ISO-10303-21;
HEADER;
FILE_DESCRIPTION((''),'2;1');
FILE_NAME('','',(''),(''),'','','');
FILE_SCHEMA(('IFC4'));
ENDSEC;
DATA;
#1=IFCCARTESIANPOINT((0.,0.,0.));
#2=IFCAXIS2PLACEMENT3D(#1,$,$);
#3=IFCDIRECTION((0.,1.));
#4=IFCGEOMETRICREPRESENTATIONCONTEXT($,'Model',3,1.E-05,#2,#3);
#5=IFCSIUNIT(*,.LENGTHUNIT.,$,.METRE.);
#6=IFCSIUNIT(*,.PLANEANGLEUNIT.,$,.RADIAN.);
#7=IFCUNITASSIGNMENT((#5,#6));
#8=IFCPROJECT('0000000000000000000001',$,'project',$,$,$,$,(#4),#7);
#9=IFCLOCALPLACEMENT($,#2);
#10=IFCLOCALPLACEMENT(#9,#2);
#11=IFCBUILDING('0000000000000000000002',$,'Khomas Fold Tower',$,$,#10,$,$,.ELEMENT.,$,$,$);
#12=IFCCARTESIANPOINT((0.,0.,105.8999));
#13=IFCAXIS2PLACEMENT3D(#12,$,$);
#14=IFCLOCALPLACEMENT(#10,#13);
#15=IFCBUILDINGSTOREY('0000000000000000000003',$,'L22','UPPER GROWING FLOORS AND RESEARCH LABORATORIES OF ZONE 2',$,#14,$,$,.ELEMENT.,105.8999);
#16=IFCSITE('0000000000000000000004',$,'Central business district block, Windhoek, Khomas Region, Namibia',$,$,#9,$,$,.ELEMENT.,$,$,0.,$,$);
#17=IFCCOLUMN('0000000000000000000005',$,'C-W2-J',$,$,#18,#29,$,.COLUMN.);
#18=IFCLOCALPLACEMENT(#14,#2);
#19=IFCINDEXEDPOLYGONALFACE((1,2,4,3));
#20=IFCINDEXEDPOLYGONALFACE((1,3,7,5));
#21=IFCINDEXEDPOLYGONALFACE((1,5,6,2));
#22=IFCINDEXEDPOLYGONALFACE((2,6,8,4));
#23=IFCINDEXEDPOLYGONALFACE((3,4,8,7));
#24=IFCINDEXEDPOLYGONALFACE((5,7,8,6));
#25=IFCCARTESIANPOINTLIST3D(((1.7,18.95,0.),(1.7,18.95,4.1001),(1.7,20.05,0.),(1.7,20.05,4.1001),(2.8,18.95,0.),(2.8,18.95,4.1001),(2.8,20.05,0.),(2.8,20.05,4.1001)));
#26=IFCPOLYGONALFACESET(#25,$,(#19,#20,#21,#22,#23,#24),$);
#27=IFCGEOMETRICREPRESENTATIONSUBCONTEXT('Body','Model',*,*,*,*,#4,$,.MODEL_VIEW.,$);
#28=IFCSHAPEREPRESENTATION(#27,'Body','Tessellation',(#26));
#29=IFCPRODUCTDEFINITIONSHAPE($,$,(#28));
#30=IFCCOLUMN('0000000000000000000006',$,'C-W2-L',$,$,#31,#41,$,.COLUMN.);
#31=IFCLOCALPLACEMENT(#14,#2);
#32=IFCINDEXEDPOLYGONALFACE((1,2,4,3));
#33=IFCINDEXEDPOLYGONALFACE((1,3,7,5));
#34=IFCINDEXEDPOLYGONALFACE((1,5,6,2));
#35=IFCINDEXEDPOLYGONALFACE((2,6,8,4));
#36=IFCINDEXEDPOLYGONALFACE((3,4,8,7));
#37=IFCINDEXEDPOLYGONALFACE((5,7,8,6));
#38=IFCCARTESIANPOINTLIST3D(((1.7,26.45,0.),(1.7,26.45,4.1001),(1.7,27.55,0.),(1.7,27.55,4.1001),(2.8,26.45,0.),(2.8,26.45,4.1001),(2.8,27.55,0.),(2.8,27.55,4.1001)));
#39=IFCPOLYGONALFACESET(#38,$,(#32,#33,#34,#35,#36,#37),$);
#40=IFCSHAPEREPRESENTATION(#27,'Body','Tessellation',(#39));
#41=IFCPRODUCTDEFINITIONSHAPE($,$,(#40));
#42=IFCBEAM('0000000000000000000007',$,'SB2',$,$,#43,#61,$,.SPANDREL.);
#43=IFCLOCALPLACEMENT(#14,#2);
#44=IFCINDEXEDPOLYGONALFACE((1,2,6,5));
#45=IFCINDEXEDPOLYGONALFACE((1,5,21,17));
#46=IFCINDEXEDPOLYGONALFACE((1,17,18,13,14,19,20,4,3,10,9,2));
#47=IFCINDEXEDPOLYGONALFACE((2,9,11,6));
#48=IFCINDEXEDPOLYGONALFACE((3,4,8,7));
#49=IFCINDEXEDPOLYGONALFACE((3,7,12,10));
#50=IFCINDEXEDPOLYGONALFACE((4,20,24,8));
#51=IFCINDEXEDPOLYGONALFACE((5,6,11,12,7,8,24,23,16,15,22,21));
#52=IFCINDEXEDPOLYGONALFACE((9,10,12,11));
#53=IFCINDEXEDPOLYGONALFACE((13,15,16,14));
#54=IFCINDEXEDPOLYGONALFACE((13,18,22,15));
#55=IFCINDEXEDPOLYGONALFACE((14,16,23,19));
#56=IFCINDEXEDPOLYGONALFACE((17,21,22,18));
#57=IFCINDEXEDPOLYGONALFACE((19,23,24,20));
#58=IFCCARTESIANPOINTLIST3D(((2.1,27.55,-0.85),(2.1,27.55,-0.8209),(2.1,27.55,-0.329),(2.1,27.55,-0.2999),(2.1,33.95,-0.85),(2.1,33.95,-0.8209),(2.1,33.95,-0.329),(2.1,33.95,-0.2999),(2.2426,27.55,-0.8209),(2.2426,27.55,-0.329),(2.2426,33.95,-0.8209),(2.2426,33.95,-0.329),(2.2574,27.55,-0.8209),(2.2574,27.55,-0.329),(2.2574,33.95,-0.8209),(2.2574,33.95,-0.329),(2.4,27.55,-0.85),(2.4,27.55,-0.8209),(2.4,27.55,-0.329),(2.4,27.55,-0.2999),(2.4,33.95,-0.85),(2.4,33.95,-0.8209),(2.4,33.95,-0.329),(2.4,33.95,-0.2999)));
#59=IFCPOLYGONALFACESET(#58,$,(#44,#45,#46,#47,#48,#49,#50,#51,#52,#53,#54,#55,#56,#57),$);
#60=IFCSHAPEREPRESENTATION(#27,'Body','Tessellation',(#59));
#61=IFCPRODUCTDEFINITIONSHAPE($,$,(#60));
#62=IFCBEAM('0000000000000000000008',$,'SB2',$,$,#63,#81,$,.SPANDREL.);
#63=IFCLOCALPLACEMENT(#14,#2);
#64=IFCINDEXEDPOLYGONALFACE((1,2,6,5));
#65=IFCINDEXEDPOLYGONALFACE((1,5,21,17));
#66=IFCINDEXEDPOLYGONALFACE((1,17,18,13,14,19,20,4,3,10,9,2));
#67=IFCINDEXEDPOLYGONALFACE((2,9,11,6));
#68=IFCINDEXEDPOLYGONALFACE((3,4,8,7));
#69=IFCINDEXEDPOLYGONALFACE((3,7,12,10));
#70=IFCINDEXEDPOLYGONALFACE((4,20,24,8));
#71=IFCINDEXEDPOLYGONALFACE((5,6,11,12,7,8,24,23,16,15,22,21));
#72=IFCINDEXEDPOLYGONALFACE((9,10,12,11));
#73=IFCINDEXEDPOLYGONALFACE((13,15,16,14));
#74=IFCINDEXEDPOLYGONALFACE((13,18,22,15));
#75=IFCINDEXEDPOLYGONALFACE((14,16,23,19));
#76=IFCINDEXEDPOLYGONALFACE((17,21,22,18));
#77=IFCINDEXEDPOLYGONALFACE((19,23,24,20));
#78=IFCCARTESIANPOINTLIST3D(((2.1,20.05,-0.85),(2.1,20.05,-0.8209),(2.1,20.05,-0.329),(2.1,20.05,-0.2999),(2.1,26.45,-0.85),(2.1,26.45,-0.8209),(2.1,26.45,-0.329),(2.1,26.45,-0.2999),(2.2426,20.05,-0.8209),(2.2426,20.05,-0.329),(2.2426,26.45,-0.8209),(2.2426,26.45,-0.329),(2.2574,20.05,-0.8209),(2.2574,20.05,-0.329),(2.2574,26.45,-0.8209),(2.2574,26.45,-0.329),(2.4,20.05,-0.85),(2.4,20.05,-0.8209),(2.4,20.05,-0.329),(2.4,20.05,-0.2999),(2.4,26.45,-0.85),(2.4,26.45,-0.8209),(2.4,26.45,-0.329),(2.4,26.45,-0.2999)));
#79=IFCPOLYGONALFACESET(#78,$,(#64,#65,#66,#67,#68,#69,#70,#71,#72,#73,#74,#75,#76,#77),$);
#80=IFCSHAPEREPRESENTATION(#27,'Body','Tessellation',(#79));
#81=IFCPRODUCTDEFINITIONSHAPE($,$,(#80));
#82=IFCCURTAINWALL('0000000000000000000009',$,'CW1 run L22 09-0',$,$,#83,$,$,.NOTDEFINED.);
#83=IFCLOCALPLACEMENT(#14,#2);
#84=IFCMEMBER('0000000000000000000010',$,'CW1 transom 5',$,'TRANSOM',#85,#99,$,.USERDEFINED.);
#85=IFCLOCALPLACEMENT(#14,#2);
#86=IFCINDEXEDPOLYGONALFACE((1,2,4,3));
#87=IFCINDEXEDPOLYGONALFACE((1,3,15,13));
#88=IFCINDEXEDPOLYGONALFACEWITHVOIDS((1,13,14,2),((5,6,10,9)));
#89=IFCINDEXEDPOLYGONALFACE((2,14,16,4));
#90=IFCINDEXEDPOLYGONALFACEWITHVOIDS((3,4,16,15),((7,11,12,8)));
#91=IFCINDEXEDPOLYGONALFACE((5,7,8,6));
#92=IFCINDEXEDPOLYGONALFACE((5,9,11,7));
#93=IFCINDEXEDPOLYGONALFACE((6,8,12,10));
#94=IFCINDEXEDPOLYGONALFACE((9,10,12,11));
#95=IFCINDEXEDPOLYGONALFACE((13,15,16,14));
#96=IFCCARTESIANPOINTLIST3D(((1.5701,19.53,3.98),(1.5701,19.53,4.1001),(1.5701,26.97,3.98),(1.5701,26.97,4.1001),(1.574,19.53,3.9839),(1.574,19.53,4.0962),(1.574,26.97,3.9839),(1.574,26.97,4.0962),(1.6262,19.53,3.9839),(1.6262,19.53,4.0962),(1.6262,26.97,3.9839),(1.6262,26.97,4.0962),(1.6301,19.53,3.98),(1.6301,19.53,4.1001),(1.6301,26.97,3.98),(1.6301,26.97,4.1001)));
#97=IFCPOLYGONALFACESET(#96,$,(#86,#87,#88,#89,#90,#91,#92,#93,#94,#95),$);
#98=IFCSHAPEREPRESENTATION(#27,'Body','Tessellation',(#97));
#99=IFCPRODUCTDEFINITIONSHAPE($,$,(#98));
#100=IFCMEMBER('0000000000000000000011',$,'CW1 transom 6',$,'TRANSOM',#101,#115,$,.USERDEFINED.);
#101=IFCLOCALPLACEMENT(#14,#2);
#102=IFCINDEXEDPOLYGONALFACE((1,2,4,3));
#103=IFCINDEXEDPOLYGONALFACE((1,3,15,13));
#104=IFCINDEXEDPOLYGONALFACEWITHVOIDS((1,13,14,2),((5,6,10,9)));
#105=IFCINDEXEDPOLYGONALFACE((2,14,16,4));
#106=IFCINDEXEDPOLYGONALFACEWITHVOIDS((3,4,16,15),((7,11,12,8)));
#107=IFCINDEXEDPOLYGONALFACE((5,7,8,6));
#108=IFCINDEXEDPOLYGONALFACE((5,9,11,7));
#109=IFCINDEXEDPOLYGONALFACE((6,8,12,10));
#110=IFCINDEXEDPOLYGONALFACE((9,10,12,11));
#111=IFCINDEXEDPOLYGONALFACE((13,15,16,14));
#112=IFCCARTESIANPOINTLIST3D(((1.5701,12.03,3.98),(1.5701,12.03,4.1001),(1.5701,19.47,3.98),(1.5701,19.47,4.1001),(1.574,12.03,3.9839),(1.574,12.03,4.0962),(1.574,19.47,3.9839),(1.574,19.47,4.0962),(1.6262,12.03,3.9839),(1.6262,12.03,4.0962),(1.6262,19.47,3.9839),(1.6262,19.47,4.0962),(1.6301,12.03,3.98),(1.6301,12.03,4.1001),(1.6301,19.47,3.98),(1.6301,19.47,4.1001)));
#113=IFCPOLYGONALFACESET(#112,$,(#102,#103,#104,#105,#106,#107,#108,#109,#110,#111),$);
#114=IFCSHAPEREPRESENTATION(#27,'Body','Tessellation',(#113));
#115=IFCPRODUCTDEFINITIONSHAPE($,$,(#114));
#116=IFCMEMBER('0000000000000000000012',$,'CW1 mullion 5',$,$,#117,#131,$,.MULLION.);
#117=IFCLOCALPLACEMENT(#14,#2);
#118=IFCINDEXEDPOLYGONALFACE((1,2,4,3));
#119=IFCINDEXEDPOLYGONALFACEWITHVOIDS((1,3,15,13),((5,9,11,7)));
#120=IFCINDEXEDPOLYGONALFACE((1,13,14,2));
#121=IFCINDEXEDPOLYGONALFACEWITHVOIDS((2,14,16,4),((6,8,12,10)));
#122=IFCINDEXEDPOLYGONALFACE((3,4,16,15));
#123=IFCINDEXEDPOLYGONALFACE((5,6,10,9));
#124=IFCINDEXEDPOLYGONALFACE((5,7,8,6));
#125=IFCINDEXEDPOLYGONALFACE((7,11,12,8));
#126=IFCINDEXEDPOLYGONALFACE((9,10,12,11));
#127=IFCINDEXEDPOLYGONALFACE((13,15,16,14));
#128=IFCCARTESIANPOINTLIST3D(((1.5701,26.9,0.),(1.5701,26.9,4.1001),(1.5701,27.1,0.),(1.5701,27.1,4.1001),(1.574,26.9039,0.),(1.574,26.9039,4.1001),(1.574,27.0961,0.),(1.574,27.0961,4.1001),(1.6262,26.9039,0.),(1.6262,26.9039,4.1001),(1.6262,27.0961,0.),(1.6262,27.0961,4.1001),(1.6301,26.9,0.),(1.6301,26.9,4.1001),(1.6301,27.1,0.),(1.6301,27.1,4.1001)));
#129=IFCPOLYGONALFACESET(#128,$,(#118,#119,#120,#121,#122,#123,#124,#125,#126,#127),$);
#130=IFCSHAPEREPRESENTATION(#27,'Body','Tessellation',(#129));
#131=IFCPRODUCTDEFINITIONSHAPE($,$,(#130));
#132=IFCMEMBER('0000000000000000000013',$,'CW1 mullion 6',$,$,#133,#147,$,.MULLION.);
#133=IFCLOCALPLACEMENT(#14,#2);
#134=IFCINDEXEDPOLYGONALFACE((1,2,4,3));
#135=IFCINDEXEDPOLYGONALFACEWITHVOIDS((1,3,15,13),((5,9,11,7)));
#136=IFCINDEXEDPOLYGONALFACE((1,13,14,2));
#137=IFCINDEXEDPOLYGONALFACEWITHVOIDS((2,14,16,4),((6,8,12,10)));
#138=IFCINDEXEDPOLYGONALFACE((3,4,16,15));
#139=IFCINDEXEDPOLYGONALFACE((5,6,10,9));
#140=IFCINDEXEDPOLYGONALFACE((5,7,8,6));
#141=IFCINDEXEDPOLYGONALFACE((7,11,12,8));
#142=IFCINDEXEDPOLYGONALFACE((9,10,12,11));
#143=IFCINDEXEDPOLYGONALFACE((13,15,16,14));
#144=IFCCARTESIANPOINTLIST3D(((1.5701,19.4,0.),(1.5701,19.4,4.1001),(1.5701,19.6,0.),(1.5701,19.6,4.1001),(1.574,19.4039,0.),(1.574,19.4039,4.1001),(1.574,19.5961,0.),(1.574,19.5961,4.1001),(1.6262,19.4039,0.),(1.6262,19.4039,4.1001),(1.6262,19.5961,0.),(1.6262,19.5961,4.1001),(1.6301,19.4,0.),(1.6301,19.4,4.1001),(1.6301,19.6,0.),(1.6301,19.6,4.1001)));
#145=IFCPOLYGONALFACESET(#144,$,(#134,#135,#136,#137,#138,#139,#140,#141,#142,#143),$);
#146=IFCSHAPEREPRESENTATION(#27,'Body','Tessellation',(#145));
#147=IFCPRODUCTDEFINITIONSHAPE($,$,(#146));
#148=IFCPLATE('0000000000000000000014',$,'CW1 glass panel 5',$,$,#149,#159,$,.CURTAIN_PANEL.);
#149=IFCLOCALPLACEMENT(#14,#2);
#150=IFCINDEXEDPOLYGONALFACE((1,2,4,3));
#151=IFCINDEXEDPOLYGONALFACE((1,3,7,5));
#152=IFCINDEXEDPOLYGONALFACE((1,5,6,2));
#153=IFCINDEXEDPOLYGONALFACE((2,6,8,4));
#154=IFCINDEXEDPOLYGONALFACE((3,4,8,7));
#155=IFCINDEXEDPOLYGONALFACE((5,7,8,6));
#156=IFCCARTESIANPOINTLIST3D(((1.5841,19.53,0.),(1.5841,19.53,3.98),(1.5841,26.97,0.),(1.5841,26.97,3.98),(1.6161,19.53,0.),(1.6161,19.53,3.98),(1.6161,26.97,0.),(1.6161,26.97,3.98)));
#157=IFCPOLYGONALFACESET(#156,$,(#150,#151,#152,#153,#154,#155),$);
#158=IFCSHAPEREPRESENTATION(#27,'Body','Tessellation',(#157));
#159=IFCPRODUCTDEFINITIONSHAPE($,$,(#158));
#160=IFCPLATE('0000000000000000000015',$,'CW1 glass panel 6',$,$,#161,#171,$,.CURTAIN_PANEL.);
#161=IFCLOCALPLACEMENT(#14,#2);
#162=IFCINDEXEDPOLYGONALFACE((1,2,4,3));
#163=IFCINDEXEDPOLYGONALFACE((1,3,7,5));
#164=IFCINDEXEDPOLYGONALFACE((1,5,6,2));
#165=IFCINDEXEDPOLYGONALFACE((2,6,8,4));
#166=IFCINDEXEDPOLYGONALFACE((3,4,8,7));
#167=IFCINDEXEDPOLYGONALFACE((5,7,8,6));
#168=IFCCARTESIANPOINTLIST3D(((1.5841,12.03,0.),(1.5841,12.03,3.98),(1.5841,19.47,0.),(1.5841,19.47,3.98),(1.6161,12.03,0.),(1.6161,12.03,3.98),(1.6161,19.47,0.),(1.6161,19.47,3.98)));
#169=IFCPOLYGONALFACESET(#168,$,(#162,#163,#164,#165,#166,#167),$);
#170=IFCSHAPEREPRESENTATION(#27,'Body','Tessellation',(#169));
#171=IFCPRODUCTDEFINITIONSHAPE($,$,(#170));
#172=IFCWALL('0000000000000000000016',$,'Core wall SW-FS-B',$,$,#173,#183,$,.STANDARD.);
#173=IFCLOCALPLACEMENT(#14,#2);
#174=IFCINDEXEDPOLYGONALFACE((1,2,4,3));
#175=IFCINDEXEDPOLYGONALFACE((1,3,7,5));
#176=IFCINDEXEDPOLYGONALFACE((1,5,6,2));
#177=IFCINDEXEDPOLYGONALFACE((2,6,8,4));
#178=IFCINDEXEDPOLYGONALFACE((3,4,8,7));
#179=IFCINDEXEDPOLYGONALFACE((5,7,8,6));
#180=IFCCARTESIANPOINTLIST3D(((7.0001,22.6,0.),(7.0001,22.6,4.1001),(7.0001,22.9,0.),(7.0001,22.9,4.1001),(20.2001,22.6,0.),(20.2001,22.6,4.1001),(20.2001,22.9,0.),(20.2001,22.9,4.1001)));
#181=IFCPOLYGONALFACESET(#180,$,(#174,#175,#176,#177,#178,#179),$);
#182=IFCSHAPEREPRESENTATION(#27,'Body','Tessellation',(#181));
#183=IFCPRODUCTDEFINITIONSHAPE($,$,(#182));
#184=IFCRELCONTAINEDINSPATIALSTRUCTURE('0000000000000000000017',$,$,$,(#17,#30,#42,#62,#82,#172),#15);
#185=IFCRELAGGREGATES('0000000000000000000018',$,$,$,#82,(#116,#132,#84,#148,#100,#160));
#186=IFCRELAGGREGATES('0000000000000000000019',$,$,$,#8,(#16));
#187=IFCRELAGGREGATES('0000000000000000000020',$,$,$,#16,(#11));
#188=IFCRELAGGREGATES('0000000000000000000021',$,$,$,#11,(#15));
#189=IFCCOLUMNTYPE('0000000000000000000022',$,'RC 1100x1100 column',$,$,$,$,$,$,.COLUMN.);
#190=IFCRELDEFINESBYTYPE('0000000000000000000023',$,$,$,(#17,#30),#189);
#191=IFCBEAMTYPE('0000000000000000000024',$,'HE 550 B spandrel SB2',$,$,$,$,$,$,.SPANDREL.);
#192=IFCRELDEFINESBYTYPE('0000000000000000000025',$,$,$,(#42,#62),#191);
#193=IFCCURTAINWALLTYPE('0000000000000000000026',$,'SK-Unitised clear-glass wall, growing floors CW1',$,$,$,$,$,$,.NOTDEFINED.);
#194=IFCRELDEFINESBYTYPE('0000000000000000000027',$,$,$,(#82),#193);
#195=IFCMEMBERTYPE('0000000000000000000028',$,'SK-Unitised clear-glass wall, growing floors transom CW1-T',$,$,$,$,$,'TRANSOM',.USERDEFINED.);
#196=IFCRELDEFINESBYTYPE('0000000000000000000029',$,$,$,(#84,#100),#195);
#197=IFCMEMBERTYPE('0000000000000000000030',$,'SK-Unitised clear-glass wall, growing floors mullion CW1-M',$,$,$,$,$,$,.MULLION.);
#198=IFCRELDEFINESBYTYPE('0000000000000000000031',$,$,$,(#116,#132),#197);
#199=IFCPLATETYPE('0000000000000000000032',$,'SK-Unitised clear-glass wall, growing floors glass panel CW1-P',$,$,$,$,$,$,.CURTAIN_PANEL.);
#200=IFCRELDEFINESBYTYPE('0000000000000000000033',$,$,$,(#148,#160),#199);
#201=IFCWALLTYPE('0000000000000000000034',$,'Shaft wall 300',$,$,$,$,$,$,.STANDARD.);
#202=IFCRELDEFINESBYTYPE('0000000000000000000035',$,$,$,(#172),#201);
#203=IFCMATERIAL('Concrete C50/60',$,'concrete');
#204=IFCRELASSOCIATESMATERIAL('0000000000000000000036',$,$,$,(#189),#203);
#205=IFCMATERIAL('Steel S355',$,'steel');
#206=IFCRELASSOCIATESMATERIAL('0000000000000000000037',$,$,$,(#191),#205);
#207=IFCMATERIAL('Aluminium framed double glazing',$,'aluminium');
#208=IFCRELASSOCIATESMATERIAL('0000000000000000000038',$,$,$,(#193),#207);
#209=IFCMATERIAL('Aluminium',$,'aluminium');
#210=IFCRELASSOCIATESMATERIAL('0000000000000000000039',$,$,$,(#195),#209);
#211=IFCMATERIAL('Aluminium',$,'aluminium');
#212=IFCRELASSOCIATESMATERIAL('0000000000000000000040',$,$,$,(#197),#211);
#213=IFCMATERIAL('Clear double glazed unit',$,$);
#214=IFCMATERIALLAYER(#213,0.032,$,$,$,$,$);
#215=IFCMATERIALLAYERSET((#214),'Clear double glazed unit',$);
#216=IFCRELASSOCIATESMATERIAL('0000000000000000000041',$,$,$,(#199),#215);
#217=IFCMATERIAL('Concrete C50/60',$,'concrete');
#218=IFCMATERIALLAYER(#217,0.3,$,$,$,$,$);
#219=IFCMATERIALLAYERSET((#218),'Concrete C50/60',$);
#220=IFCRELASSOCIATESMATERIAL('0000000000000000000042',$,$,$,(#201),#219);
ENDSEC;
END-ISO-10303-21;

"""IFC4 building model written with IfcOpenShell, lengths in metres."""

from ifc_helpers import new_model, si_unit, direction, frame, frame_2d, origin, origin_2d, place, context, subcontext, project, spatial, rectangle, hollow_rectangle, i_section, extrude, source, transform, mapped, material, layer, layer_set, material_profile, profile_set, type_object, element, aggregate, save


model = new_model("IFC4")

# Units and contexts
model_context = context("Model", 3, precision=1e-05, world=origin(), true_north=direction((0.0, 1.0)))
body_context = subcontext(model_context, "Body", "Model", "MODEL_VIEW")
ifc_project = project(units=[si_unit("LENGTHUNIT", "METRE"), si_unit("PLANEANGLEUNIT", "RADIAN")], contexts=[model_context])

# Site, building, storey
site_placement = place(None, origin())
site = spatial("IfcSite", under=ifc_project, at=site_placement, Name="Central business district block, Windhoek, Khomas Region, Namibia", CompositionType="ELEMENT", RefElevation=0.0)
building_placement = place(site_placement, origin())
building = spatial("IfcBuilding", under=site, at=building_placement, Name="Khomas Fold Tower", CompositionType="ELEMENT")
storey_placement = place(building_placement, frame((0.0, 0.0, 105.8999)))
storey = spatial("IfcBuildingStorey", under=building, at=storey_placement, Name="L22", Description="UPPER GROWING FLOORS AND RESEARCH LABORATORIES OF ZONE 2", CompositionType="ELEMENT", Elevation=105.8999)

# Columns
ifc_material_1 = material(Name="Concrete C50/60", Category="concrete")
ifc_material_profile_1 = material_profile(ifc_material_1, rectangle(XDim=1.1001, YDim=1.1001, at=origin_2d()), Name="RC 1100x1100")
ifc_profile_set_1 = profile_set([ifc_material_profile_1], Name="Concrete C50/60")
column_type = type_object("IfcColumnType", Name="RC 1100x1100 column", PredefinedType="COLUMN", material=ifc_profile_set_1)
shared_shape_1 = source(origin(), body_context, "Body", "SweptSolid", [
    extrude(rectangle(XDim=1.1001, YDim=1.1001, at=origin_2d()), origin(), (0.0, 0.0, 1.0), 4.1001),
])
for number, where, z_axis, x_axis, name in (
    (1, (2.25, 19.5, 0.0), (0.0, 0.0, 1.0), (1.0, 0.0, 0.0), "C-W2-J"),
    (2, (2.25, 27.0, 0.0), (0.0, 0.0, 1.0), (1.0, 0.0, 0.0), "C-W2-L"),
):
    element("IfcColumn", number, at=place(storey_placement, frame(where, z_axis=z_axis, x_axis=x_axis)), inside=storey, type_object=column_type, Name=name, PredefinedType="COLUMN", context=body_context, shape_type="MappedRepresentation", body=[
        mapped(shared_shape_1, transform((0.0, 0.0, 0.0))),
    ])

# Beams
ifc_material_2 = material(Name="Steel S355", Category="steel")
ifc_material_profile_2 = material_profile(ifc_material_2, i_section(OverallWidth=0.3, OverallDepth=0.55, WebThickness=0.0149, FlangeThickness=0.0291, at=origin_2d()), Name="HE 550 B")
ifc_profile_set_2 = profile_set([ifc_material_profile_2], Name="Steel S355")
beam_type = type_object("IfcBeamType", Name="HE 550 B spandrel SB2", PredefinedType="SPANDREL", material=ifc_profile_set_2)
shared_shape_2 = source(origin(), body_context, "Body", "SweptSolid", [
    extrude(i_section(OverallWidth=0.3, OverallDepth=0.55, WebThickness=0.0149, FlangeThickness=0.0291, at=origin_2d()), origin(), (0.0, 0.0, 1.0), 6.3999),
])
for number, where, z_axis, x_axis, name in (
    (3, (2.25, 27.55, -0.575), (0.0, 1.0, 0.0), (-1.0, 0.0, 0.0), "SB2"),
    (4, (2.25, 20.05, -0.575), (0.0, 1.0, 0.0), (-1.0, 0.0, 0.0), "SB2"),
):
    element("IfcBeam", number, at=place(storey_placement, frame(where, z_axis=z_axis, x_axis=x_axis)), inside=storey, type_object=beam_type, Name=name, PredefinedType="SPANDREL", context=body_context, shape_type="MappedRepresentation", body=[
        mapped(shared_shape_2, transform((0.0, 0.0, 0.0))),
    ])

# Curtain wall, members, plates
ifc_material_3 = material(Name="Aluminium framed double glazing", Category="aluminium")
curtain_wall_type = type_object("IfcCurtainWallType", Name="SK-Unitised clear-glass wall, growing floors CW1", PredefinedType="NOTDEFINED", material=ifc_material_3)
curtain_wall_placement = place(storey_placement, origin())
curtain_wall = element("IfcCurtainWall", 5, at=curtain_wall_placement, inside=storey, type_object=curtain_wall_type, Name="CW1 run L22 09-0", PredefinedType="NOTDEFINED")
ifc_material_4 = material(Name="Aluminium", Category="aluminium")
ifc_material_profile_3 = material_profile(ifc_material_4, hollow_rectangle(XDim=0.0601, YDim=0.1201, WallThickness=0.0039, at=origin_2d()), Name="SK-Unitised clear-glass wall, growing floors transom CW1-T")
ifc_profile_set_3 = profile_set([ifc_material_profile_3], Name="Aluminium")
member_type_1 = type_object("IfcMemberType", Name="SK-Unitised clear-glass wall, growing floors transom CW1-T", ElementType="TRANSOM", PredefinedType="USERDEFINED", material=ifc_profile_set_3)
shared_shape_3 = source(origin(), body_context, "Body", "SweptSolid", [
    extrude(hollow_rectangle(XDim=0.0601, YDim=0.1201, WallThickness=0.0039, at=origin_2d()), origin(), (0.0, 0.0, 1.0), 7.4399),
])
member_1_placement = place(storey_placement, frame((1.6001, 26.97, 4.04), z_axis=(0.0, -1.0, 0.0), x_axis=(1.0, 0.0, 0.0)))
member_1 = element("IfcMember", 6, at=member_1_placement, type_object=member_type_1, Name="CW1 transom 5", ObjectType="TRANSOM", PredefinedType="USERDEFINED", context=body_context, shape_type="MappedRepresentation", body=[
    mapped(shared_shape_3, transform((0.0, 0.0, 0.0))),
])
member_2_placement = place(storey_placement, frame((1.6001, 19.47, 4.04), z_axis=(0.0, -1.0, 0.0), x_axis=(1.0, 0.0, 0.0)))
member_2 = element("IfcMember", 7, at=member_2_placement, type_object=member_type_1, Name="CW1 transom 6", ObjectType="TRANSOM", PredefinedType="USERDEFINED", context=body_context, shape_type="MappedRepresentation", body=[
    mapped(shared_shape_3, transform((0.0, 0.0, 0.0))),
])
ifc_material_5 = material(Name="Aluminium", Category="aluminium")
ifc_material_profile_4 = material_profile(ifc_material_5, hollow_rectangle(XDim=0.0601, YDim=0.2, WallThickness=0.0039, at=origin_2d()), Name="SK-Unitised clear-glass wall, growing floors mullion CW1-M")
ifc_profile_set_4 = profile_set([ifc_material_profile_4], Name="Aluminium")
member_type_2 = type_object("IfcMemberType", Name="SK-Unitised clear-glass wall, growing floors mullion CW1-M", PredefinedType="MULLION", material=ifc_profile_set_4)
shared_shape_4 = source(origin(), body_context, "Body", "SweptSolid", [
    extrude(hollow_rectangle(XDim=0.0601, YDim=0.2, WallThickness=0.0039, at=origin_2d()), origin(), (0.0, 0.0, 1.0), 4.1001),
])
member_3_placement = place(storey_placement, frame((1.6001, 27.0, 0.0), z_axis=(0.0, 0.0, 1.0), x_axis=(1.0, 0.0, 0.0)))
member_3 = element("IfcMember", 8, at=member_3_placement, type_object=member_type_2, Name="CW1 mullion 5", PredefinedType="MULLION", context=body_context, shape_type="MappedRepresentation", body=[
    mapped(shared_shape_4, transform((0.0, 0.0, 0.0))),
])
member_4_placement = place(storey_placement, frame((1.6001, 19.5, 0.0), z_axis=(0.0, 0.0, 1.0), x_axis=(1.0, 0.0, 0.0)))
member_4 = element("IfcMember", 9, at=member_4_placement, type_object=member_type_2, Name="CW1 mullion 6", PredefinedType="MULLION", context=body_context, shape_type="MappedRepresentation", body=[
    mapped(shared_shape_4, transform((0.0, 0.0, 0.0))),
])
ifc_material_6 = material(Name="Clear double glazed unit")
ifc_layer_1 = layer(ifc_material_6, 0.032)
ifc_layer_set_1 = layer_set([ifc_layer_1], Name="Clear double glazed unit")
plate_type = type_object("IfcPlateType", Name="SK-Unitised clear-glass wall, growing floors glass panel CW1-P", PredefinedType="CURTAIN_PANEL", material=ifc_layer_set_1)
shared_shape_5 = source(origin(), body_context, "Body", "SweptSolid", [
    extrude(rectangle(XDim=7.4399, YDim=0.032, at=origin_2d()), origin(), (0.0, 0.0, 1.0), 3.98),
])
plate_1_placement = place(storey_placement, frame((1.6001, 23.25, 0.0), z_axis=(0.0, 0.0, 1.0), x_axis=(0.0, -1.0, 0.0)))
plate_1 = element("IfcPlate", 10, at=plate_1_placement, type_object=plate_type, Name="CW1 glass panel 5", PredefinedType="CURTAIN_PANEL", context=body_context, shape_type="MappedRepresentation", body=[
    mapped(shared_shape_5, transform((0.0, 0.0, 0.0))),
])
plate_2_placement = place(storey_placement, frame((1.6001, 15.75, 0.0), z_axis=(0.0, 0.0, 1.0), x_axis=(0.0, -1.0, 0.0)))
plate_2 = element("IfcPlate", 11, at=plate_2_placement, type_object=plate_type, Name="CW1 glass panel 6", PredefinedType="CURTAIN_PANEL", context=body_context, shape_type="MappedRepresentation", body=[
    mapped(shared_shape_5, transform((0.0, 0.0, 0.0))),
])
aggregate(curtain_wall, [member_3, member_4, member_1, plate_1, member_2, plate_2])

# Wall
ifc_material_7 = material(Name="Concrete C50/60", Category="concrete")
ifc_layer_2 = layer(ifc_material_7, 0.3)
ifc_layer_set_2 = layer_set([ifc_layer_2], Name="Concrete C50/60")
wall_type_1 = type_object("IfcWallType", Name="Shaft wall 300", PredefinedType="STANDARD", material=ifc_layer_set_2)
shared_shape_6 = source(origin(), body_context, "Body", "SweptSolid", [
    extrude(rectangle(XDim=13.2, YDim=0.3, at=frame_2d((6.6001, 0.0))), origin(), (0.0, 0.0, 1.0), 4.1001),
])
wall_1_placement = place(storey_placement, frame((7.0, 22.75, 0.0), z_axis=(0.0, 0.0, 1.0), x_axis=(1.0, 0.0, 0.0)))
element("IfcWall", 12, at=wall_1_placement, inside=storey, type_object=wall_type_1, Name="Core wall SW-FS-B", PredefinedType="STANDARD", context=body_context, shape_type="MappedRepresentation", body=[
    mapped(shared_shape_6, transform((0.0, 0.0, 0.0))),
])

save(model, "model.ifc")
